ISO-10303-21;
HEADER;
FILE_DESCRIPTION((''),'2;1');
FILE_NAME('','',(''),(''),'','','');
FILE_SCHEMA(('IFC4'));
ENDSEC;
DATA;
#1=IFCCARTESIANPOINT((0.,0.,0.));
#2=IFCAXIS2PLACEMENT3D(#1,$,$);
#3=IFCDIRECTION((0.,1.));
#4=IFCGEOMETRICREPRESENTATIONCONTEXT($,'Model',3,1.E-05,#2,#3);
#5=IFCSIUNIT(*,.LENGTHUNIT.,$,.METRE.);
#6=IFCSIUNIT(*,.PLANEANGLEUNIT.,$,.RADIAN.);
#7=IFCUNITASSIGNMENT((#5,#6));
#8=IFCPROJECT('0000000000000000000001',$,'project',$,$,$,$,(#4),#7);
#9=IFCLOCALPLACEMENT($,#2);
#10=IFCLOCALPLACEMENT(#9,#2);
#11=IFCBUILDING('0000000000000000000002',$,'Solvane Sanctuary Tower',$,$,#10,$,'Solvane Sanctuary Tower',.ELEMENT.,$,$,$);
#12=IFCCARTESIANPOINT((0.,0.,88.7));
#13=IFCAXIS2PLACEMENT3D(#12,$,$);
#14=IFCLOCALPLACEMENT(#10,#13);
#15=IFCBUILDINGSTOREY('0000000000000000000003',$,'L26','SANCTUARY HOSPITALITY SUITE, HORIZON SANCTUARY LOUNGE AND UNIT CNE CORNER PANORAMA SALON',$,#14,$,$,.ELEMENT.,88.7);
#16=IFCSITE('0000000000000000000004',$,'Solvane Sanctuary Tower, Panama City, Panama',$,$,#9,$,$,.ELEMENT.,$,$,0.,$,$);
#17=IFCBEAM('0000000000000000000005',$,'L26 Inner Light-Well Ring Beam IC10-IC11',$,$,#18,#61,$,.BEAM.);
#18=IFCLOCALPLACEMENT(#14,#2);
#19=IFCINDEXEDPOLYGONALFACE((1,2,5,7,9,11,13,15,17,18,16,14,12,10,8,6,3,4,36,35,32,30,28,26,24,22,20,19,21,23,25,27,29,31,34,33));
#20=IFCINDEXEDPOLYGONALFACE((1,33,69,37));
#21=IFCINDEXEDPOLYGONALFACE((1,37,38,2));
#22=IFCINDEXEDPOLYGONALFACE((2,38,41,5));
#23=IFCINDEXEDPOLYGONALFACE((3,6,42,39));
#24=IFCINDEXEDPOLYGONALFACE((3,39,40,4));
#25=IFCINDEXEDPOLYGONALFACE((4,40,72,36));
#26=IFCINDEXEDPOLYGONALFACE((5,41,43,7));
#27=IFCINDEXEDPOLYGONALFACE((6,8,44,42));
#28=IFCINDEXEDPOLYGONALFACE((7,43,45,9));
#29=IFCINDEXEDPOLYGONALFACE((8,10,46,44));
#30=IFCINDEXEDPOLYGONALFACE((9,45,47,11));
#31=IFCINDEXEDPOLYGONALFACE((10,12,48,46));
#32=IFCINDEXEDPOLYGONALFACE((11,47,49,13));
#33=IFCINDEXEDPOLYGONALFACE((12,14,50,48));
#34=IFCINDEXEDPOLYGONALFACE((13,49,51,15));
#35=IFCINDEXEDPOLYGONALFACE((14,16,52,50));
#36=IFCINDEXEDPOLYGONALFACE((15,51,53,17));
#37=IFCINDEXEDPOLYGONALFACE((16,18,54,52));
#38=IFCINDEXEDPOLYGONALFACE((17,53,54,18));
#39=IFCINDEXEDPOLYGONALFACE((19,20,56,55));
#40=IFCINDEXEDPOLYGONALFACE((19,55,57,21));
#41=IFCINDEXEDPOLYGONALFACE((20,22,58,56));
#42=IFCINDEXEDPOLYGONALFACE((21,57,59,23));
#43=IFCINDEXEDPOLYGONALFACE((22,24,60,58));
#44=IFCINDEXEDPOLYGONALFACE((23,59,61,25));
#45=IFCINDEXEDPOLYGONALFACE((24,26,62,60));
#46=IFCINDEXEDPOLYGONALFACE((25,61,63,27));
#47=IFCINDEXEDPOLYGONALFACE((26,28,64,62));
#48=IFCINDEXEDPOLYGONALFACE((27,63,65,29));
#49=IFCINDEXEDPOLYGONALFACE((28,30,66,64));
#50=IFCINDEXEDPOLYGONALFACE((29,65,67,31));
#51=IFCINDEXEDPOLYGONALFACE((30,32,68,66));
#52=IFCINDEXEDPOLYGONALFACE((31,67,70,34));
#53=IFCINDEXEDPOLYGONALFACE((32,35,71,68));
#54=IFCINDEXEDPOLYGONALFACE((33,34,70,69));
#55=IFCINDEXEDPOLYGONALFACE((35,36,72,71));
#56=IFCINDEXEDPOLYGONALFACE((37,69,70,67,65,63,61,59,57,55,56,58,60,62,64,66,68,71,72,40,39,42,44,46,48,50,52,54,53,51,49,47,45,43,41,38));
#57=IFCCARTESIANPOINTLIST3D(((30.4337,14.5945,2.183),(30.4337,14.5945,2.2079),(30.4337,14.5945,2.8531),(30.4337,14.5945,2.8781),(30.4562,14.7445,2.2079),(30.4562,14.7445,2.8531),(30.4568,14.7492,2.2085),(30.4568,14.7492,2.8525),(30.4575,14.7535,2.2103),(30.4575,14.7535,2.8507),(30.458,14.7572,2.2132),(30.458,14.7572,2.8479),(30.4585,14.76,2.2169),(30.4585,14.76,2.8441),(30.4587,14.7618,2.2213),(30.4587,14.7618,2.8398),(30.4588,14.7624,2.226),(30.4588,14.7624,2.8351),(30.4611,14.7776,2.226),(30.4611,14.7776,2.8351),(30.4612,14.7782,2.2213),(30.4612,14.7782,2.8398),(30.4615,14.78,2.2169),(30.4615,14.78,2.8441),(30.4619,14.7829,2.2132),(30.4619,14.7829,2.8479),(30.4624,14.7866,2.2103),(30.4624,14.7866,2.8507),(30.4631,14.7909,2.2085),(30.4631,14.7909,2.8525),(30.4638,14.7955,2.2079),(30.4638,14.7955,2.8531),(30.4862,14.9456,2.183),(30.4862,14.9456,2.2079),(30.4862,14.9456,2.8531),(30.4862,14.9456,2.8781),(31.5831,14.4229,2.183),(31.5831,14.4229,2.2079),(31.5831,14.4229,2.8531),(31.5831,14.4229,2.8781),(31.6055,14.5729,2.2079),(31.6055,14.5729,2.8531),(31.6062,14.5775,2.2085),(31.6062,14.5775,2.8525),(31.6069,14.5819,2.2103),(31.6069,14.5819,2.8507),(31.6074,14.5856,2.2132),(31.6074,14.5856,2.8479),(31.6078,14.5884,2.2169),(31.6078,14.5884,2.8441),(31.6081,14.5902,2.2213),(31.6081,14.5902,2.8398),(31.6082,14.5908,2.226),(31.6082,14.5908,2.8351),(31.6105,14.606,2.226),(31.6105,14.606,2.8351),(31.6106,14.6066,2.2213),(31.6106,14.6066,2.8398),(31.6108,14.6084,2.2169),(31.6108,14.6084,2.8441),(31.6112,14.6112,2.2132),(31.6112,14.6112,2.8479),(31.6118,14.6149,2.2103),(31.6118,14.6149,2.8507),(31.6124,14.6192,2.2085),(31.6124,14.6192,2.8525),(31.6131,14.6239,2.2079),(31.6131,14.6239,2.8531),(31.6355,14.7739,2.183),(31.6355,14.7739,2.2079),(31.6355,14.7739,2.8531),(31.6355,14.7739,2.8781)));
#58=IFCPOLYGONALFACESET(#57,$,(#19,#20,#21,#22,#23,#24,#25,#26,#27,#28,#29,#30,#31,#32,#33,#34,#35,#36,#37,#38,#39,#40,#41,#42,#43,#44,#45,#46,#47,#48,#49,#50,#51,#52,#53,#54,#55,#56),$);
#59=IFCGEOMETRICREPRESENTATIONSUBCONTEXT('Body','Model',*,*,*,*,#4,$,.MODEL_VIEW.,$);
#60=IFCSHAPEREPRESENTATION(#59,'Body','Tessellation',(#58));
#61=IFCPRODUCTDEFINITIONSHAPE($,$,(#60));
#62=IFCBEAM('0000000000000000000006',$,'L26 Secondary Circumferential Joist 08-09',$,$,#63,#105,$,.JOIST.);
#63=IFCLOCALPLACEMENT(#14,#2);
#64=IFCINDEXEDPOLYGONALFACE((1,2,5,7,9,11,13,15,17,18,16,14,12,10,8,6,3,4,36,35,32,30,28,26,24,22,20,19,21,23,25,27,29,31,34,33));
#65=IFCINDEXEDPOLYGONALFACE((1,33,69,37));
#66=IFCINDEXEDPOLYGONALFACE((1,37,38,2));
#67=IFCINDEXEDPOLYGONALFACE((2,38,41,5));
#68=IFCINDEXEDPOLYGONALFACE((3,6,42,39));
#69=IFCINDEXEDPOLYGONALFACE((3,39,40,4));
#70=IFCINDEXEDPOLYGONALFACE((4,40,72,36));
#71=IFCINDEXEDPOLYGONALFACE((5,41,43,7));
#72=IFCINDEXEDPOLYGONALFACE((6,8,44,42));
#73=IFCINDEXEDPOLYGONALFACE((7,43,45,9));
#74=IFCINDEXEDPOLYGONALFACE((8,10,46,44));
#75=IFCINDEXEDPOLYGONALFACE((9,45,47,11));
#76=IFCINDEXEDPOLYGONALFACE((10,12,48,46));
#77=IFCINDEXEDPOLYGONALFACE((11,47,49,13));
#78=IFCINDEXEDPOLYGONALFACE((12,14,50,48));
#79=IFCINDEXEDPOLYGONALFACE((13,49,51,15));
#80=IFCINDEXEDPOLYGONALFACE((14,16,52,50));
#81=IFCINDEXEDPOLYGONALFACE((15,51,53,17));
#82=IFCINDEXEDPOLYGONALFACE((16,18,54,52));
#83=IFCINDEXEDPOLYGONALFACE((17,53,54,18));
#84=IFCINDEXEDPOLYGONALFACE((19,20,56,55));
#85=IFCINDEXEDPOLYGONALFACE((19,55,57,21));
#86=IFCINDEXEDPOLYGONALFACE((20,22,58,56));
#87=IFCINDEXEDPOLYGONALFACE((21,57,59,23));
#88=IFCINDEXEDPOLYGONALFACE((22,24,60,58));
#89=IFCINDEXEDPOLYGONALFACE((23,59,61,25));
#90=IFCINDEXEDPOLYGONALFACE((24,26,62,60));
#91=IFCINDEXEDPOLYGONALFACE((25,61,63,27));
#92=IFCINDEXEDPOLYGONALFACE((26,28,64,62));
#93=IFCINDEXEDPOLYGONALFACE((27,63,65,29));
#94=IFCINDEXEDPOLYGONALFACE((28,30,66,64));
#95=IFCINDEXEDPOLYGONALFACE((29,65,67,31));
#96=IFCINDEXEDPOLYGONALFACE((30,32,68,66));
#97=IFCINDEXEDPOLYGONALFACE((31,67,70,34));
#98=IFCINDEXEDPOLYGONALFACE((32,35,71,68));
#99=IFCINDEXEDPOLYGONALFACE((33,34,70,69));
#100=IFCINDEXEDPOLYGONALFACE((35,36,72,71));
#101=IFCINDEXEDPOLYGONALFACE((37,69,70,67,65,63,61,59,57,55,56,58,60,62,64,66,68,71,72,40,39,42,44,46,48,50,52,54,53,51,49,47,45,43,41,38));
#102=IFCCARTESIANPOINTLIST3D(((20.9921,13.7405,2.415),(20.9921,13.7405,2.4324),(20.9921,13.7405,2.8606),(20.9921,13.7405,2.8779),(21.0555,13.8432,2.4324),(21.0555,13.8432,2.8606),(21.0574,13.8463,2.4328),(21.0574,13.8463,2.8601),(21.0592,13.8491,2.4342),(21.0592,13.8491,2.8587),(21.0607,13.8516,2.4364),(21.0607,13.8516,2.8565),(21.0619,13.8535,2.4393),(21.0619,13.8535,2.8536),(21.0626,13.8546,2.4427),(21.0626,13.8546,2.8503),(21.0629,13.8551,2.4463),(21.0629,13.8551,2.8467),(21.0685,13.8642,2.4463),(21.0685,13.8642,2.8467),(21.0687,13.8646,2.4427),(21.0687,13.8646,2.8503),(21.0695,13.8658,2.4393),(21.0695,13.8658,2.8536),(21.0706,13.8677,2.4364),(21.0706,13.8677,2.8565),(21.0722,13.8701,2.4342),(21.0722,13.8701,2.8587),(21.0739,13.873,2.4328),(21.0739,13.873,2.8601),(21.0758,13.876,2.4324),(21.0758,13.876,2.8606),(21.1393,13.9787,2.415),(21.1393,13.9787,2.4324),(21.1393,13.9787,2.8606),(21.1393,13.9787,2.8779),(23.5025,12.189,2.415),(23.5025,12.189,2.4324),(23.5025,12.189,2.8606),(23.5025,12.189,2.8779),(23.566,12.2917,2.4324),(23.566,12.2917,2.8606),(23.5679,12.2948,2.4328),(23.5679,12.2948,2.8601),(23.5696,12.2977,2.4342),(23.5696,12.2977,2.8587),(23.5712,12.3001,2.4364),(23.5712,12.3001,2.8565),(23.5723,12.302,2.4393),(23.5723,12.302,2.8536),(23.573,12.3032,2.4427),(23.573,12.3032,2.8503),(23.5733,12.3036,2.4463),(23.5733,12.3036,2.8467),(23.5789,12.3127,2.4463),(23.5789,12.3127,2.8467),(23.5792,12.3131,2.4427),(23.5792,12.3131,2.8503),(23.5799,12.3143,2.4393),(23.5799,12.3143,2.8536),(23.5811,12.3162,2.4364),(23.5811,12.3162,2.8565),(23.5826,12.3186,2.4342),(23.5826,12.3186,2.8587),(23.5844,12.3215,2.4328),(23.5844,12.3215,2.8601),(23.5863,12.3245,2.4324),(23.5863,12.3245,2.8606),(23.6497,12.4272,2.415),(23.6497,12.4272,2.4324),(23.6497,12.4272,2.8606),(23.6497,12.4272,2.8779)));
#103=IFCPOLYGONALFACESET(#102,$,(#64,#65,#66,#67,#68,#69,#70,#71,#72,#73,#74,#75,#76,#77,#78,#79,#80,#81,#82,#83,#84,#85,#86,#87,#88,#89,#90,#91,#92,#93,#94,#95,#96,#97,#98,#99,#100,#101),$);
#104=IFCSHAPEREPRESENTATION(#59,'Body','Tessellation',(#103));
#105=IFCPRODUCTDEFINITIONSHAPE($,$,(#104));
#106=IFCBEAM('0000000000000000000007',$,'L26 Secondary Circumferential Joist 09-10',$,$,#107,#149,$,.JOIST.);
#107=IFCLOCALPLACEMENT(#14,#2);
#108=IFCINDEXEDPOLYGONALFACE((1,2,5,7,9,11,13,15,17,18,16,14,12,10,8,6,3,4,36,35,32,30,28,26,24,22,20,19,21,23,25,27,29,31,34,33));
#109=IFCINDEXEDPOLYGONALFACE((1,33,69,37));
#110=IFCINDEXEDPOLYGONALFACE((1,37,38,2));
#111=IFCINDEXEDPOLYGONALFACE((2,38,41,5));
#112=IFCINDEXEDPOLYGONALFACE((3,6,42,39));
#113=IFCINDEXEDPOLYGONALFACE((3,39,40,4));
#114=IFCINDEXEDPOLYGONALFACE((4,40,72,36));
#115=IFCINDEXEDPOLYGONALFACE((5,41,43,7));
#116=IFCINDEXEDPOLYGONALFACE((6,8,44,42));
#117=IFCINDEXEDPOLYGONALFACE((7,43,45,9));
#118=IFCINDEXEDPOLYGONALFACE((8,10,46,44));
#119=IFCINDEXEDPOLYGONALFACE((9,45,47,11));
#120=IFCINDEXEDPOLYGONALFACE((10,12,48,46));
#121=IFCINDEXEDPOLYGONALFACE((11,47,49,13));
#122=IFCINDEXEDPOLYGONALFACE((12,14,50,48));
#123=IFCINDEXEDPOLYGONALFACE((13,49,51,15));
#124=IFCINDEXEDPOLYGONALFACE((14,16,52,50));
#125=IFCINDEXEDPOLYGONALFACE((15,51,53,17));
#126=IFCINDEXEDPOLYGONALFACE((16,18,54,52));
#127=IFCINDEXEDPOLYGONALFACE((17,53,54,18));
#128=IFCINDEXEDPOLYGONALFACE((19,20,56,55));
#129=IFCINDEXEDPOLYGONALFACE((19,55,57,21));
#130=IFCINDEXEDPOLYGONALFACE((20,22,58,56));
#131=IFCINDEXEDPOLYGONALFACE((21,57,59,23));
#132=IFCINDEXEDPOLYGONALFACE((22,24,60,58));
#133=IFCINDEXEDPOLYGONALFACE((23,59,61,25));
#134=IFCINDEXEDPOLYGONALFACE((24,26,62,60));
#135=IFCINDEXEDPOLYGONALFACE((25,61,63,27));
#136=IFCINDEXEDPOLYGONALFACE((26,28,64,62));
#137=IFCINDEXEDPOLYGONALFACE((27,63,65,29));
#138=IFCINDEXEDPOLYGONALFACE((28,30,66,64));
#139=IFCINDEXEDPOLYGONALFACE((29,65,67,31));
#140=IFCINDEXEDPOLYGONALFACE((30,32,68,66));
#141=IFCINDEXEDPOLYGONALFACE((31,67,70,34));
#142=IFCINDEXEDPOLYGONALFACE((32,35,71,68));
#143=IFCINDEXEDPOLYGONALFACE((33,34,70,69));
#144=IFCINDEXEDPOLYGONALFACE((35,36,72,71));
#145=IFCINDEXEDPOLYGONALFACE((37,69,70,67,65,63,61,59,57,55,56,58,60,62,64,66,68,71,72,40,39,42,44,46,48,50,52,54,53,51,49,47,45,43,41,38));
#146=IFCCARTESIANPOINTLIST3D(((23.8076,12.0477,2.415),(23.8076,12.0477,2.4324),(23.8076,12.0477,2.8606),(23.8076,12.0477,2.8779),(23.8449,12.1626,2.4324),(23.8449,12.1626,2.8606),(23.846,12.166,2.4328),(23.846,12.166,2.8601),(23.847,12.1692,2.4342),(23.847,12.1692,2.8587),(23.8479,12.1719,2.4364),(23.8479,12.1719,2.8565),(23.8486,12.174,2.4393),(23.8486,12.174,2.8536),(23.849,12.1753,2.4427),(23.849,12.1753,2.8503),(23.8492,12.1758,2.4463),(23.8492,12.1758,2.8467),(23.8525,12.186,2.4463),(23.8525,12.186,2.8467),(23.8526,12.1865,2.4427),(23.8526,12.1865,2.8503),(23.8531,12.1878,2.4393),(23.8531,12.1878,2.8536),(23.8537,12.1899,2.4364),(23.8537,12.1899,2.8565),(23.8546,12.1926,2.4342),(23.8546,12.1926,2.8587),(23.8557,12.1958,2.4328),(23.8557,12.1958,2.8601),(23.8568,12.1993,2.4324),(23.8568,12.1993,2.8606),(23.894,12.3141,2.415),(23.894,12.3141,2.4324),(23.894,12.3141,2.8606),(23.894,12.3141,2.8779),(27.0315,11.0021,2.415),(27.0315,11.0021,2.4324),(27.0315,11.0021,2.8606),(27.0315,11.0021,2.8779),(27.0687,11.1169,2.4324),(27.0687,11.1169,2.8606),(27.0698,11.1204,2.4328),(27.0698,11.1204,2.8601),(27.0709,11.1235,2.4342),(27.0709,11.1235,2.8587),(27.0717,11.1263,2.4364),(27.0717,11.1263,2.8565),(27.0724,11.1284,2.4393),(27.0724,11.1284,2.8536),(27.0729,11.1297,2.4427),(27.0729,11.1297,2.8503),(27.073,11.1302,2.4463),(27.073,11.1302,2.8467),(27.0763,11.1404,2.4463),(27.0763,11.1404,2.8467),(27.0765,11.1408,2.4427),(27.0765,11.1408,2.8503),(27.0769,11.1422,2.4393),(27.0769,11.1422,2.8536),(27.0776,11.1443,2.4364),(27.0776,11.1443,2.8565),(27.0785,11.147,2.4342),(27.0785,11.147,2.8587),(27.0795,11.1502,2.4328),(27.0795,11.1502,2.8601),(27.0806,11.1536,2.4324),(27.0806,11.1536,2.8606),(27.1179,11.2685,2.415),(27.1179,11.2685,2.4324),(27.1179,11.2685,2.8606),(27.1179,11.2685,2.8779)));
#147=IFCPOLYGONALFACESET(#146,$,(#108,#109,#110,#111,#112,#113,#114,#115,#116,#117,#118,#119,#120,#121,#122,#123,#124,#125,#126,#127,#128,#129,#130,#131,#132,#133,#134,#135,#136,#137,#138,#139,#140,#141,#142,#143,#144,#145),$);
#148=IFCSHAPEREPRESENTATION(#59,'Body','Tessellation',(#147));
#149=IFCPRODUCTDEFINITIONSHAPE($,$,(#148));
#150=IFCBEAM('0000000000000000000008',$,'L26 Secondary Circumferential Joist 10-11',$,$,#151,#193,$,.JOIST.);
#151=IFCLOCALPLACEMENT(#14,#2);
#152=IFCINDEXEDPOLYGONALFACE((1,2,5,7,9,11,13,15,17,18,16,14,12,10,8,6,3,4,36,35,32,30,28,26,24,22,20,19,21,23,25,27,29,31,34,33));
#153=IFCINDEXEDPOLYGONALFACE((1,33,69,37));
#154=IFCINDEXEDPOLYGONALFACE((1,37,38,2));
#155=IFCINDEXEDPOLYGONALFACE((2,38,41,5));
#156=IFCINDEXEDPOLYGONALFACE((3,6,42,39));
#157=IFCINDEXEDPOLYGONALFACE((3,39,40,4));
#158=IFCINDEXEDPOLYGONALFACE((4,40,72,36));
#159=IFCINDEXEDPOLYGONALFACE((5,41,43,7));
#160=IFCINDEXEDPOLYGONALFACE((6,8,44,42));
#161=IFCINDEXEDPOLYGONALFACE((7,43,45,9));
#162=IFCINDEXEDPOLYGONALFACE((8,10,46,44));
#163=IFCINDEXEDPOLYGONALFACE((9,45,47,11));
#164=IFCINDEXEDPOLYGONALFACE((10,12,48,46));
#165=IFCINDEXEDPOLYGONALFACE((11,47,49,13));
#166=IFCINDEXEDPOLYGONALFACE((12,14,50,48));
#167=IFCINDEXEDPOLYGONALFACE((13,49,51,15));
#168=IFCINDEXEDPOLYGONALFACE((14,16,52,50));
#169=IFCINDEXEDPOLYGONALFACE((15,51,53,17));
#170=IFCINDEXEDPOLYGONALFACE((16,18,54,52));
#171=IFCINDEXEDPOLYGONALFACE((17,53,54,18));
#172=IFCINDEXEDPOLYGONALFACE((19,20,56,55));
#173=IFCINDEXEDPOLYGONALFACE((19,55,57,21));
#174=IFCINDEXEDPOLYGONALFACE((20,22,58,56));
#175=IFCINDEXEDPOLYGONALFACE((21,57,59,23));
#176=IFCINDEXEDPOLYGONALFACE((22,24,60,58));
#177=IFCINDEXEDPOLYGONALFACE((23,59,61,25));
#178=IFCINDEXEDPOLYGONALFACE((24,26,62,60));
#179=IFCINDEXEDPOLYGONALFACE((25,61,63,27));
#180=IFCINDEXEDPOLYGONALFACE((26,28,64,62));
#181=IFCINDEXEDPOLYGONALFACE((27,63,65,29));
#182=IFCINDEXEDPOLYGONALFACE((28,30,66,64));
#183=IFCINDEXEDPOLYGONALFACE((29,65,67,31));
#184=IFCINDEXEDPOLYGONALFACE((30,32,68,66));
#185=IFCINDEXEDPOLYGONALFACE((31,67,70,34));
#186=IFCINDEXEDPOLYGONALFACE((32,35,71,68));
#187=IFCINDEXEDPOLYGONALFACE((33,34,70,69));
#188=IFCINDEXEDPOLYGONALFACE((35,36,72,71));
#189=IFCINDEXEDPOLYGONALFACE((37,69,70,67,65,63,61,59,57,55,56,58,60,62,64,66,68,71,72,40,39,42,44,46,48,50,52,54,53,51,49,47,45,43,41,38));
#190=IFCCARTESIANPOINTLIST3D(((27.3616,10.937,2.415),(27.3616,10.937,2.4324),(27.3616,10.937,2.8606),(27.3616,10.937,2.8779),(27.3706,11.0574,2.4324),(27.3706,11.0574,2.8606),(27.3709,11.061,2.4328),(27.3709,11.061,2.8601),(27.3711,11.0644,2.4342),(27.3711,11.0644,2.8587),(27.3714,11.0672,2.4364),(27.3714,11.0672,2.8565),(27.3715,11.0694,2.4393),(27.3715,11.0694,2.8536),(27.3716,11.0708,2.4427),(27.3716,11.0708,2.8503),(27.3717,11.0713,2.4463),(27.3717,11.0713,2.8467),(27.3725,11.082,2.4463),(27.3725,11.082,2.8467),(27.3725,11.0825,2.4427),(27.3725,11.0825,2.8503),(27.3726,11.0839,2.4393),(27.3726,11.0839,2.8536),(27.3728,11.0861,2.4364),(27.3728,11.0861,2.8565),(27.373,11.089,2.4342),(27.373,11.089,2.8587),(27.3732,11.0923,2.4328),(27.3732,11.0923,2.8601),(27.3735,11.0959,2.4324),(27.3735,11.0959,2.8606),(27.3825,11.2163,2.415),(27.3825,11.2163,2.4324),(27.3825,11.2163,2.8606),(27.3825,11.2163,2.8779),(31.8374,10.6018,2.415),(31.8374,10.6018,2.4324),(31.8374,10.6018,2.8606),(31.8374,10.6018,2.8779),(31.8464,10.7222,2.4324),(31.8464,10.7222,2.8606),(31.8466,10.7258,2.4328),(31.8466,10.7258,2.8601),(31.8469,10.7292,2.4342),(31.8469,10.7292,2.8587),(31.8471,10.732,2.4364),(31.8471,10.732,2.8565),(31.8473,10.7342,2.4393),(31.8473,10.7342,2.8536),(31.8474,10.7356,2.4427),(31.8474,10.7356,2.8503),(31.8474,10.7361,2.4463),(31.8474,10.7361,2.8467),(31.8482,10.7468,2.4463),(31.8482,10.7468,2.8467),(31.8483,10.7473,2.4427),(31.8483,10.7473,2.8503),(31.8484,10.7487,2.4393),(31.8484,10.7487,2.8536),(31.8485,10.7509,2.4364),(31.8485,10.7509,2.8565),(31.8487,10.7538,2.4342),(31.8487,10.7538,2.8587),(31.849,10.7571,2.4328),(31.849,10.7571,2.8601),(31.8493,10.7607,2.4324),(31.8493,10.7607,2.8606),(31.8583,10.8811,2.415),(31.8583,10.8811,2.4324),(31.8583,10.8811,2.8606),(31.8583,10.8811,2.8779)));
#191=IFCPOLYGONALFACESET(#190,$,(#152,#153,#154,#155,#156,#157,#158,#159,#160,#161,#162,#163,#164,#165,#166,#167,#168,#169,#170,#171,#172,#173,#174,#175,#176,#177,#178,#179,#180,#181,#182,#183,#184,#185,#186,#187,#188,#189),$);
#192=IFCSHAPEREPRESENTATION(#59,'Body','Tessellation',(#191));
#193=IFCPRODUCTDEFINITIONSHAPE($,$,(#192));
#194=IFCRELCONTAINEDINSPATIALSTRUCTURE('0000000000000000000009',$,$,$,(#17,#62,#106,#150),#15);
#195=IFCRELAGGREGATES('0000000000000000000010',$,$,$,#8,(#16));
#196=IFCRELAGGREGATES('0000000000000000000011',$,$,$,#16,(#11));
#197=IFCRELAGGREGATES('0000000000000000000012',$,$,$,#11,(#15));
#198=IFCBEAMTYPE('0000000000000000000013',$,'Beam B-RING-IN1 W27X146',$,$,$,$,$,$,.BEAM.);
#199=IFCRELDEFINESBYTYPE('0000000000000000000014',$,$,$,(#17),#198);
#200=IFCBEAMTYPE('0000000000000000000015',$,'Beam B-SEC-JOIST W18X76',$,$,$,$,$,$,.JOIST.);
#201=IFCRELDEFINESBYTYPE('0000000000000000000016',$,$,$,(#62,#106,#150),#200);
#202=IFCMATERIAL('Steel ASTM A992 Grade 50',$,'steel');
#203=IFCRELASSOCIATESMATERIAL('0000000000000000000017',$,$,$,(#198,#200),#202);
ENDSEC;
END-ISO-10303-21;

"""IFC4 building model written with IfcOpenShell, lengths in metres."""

from ifc_helpers import new_model, si_unit, direction, frame, origin, origin_2d, place, context, subcontext, project, spatial, i_section, extrude, material, material_profile, profile_set, type_object, element, save


model = new_model("IFC4")

# Units and contexts
model_context = context("Model", 3, precision=1e-05, world=origin(), true_north=direction((0.0, 1.0)))
body_context = subcontext(model_context, "Body", "Model", "MODEL_VIEW")
ifc_project = project(units=[si_unit("LENGTHUNIT", "METRE"), si_unit("PLANEANGLEUNIT", "RADIAN")], contexts=[model_context])

# Site, building, storey
site_placement = place(None, origin())
site = spatial("IfcSite", under=ifc_project, at=site_placement, Name="Solvane Sanctuary Tower, Panama City, Panama", CompositionType="ELEMENT", RefElevation=0.0)
building_placement = place(site_placement, origin())
building = spatial("IfcBuilding", under=site, at=building_placement, Name="Solvane Sanctuary Tower", LongName="Solvane Sanctuary Tower", CompositionType="ELEMENT")
storey_placement = place(building_placement, frame((0.0, 0.0, 88.7)))
storey = spatial("IfcBuildingStorey", under=building, at=storey_placement, Name="L26", Description="SANCTUARY HOSPITALITY SUITE, HORIZON SANCTUARY LOUNGE AND UNIT CNE CORNER PANORAMA SALON", CompositionType="ELEMENT", Elevation=88.7)

# Beams
ifc_material_1 = material(Name="Steel ASTM A992 Grade 50", Category="steel")
ifc_material_profile_1 = material_profile(ifc_material_1, i_section(OverallWidth=0.355, OverallDepth=0.6951, WebThickness=0.0154, FlangeThickness=0.0249, FilletRadius=0.0181, at=origin_2d()), Name="W27X146")
ifc_profile_set_1 = profile_set([ifc_material_profile_1], Name="Steel ASTM A992 Grade 50")
beam_type_1 = type_object("IfcBeamType", Name="Beam B-RING-IN1 W27X146", PredefinedType="BEAM", material=ifc_profile_set_1)
beam_1_placement = place(storey_placement, frame((30.46, 14.77, 2.5305), z_axis=(0.989035, -0.147683, 0.0), x_axis=(0.147683, 0.989035, 0.0)))
element("IfcBeam", 1, at=beam_1_placement, inside=storey, type_object=beam_type_1, Name="L26 Inner Light-Well Ring Beam IC10-IC11", PredefinedType="BEAM", context=body_context, shape_type="SweptSolid", body=[
    extrude(i_section(OverallWidth=0.355, OverallDepth=0.6951, WebThickness=0.0154, FlangeThickness=0.0249, FilletRadius=0.0181, at=origin_2d()), origin(), (0.0, 0.0, 1.0), 1.1621),
])
ifc_material_profile_2 = material_profile(ifc_material_1, i_section(OverallWidth=0.28, OverallDepth=0.4629, WebThickness=0.0107, FlangeThickness=0.0173, FilletRadius=0.0139, at=origin_2d()), Name="W18X76")
ifc_profile_set_2 = profile_set([ifc_material_profile_2], Name="Steel ASTM A992 Grade 50")
beam_type_2 = type_object("IfcBeamType", Name="Beam B-SEC-JOIST W18X76", PredefinedType="JOIST", material=ifc_profile_set_2)
beam_2_placement = place(storey_placement, frame((21.0657, 13.8596, 2.6465), z_axis=(0.85066, -0.525717, 0.0), x_axis=(0.525717, 0.85066, 0.0)))
element("IfcBeam", 2, at=beam_2_placement, inside=storey, type_object=beam_type_2, Name="L26 Secondary Circumferential Joist 08-09", PredefinedType="JOIST", context=body_context, shape_type="SweptSolid", body=[
    extrude(i_section(OverallWidth=0.28, OverallDepth=0.4629, WebThickness=0.0107, FlangeThickness=0.0173, FilletRadius=0.0139, at=origin_2d()), origin(), (0.0, 0.0, 1.0), 2.9512),
])
beam_3_placement = place(storey_placement, frame((23.8508, 12.1809, 2.6465), z_axis=(0.951217, -0.308524, 0.0), x_axis=(0.308524, 0.951217, 0.0)))
element("IfcBeam", 3, at=beam_3_placement, inside=storey, type_object=beam_type_2, Name="L26 Secondary Circumferential Joist 09-10", PredefinedType="JOIST", context=body_context, shape_type="SweptSolid", body=[
    extrude(i_section(OverallWidth=0.28, OverallDepth=0.4629, WebThickness=0.0107, FlangeThickness=0.0173, FilletRadius=0.0139, at=origin_2d()), origin(), (0.0, 0.0, 1.0), 3.3892),
])
beam_4_placement = place(storey_placement, frame((27.3721, 11.0767, 2.6465), z_axis=(0.997207, -0.074683, 0.0), x_axis=(0.074683, 0.997207, 0.0)))
element("IfcBeam", 4, at=beam_4_placement, inside=storey, type_object=beam_type_2, Name="L26 Secondary Circumferential Joist 10-11", PredefinedType="JOIST", context=body_context, shape_type="SweptSolid", body=[
    extrude(i_section(OverallWidth=0.28, OverallDepth=0.4629, WebThickness=0.0107, FlangeThickness=0.0173, FilletRadius=0.0139, at=origin_2d()), origin(), (0.0, 0.0, 1.0), 4.4883),
])

save(model, "model.ifc")
